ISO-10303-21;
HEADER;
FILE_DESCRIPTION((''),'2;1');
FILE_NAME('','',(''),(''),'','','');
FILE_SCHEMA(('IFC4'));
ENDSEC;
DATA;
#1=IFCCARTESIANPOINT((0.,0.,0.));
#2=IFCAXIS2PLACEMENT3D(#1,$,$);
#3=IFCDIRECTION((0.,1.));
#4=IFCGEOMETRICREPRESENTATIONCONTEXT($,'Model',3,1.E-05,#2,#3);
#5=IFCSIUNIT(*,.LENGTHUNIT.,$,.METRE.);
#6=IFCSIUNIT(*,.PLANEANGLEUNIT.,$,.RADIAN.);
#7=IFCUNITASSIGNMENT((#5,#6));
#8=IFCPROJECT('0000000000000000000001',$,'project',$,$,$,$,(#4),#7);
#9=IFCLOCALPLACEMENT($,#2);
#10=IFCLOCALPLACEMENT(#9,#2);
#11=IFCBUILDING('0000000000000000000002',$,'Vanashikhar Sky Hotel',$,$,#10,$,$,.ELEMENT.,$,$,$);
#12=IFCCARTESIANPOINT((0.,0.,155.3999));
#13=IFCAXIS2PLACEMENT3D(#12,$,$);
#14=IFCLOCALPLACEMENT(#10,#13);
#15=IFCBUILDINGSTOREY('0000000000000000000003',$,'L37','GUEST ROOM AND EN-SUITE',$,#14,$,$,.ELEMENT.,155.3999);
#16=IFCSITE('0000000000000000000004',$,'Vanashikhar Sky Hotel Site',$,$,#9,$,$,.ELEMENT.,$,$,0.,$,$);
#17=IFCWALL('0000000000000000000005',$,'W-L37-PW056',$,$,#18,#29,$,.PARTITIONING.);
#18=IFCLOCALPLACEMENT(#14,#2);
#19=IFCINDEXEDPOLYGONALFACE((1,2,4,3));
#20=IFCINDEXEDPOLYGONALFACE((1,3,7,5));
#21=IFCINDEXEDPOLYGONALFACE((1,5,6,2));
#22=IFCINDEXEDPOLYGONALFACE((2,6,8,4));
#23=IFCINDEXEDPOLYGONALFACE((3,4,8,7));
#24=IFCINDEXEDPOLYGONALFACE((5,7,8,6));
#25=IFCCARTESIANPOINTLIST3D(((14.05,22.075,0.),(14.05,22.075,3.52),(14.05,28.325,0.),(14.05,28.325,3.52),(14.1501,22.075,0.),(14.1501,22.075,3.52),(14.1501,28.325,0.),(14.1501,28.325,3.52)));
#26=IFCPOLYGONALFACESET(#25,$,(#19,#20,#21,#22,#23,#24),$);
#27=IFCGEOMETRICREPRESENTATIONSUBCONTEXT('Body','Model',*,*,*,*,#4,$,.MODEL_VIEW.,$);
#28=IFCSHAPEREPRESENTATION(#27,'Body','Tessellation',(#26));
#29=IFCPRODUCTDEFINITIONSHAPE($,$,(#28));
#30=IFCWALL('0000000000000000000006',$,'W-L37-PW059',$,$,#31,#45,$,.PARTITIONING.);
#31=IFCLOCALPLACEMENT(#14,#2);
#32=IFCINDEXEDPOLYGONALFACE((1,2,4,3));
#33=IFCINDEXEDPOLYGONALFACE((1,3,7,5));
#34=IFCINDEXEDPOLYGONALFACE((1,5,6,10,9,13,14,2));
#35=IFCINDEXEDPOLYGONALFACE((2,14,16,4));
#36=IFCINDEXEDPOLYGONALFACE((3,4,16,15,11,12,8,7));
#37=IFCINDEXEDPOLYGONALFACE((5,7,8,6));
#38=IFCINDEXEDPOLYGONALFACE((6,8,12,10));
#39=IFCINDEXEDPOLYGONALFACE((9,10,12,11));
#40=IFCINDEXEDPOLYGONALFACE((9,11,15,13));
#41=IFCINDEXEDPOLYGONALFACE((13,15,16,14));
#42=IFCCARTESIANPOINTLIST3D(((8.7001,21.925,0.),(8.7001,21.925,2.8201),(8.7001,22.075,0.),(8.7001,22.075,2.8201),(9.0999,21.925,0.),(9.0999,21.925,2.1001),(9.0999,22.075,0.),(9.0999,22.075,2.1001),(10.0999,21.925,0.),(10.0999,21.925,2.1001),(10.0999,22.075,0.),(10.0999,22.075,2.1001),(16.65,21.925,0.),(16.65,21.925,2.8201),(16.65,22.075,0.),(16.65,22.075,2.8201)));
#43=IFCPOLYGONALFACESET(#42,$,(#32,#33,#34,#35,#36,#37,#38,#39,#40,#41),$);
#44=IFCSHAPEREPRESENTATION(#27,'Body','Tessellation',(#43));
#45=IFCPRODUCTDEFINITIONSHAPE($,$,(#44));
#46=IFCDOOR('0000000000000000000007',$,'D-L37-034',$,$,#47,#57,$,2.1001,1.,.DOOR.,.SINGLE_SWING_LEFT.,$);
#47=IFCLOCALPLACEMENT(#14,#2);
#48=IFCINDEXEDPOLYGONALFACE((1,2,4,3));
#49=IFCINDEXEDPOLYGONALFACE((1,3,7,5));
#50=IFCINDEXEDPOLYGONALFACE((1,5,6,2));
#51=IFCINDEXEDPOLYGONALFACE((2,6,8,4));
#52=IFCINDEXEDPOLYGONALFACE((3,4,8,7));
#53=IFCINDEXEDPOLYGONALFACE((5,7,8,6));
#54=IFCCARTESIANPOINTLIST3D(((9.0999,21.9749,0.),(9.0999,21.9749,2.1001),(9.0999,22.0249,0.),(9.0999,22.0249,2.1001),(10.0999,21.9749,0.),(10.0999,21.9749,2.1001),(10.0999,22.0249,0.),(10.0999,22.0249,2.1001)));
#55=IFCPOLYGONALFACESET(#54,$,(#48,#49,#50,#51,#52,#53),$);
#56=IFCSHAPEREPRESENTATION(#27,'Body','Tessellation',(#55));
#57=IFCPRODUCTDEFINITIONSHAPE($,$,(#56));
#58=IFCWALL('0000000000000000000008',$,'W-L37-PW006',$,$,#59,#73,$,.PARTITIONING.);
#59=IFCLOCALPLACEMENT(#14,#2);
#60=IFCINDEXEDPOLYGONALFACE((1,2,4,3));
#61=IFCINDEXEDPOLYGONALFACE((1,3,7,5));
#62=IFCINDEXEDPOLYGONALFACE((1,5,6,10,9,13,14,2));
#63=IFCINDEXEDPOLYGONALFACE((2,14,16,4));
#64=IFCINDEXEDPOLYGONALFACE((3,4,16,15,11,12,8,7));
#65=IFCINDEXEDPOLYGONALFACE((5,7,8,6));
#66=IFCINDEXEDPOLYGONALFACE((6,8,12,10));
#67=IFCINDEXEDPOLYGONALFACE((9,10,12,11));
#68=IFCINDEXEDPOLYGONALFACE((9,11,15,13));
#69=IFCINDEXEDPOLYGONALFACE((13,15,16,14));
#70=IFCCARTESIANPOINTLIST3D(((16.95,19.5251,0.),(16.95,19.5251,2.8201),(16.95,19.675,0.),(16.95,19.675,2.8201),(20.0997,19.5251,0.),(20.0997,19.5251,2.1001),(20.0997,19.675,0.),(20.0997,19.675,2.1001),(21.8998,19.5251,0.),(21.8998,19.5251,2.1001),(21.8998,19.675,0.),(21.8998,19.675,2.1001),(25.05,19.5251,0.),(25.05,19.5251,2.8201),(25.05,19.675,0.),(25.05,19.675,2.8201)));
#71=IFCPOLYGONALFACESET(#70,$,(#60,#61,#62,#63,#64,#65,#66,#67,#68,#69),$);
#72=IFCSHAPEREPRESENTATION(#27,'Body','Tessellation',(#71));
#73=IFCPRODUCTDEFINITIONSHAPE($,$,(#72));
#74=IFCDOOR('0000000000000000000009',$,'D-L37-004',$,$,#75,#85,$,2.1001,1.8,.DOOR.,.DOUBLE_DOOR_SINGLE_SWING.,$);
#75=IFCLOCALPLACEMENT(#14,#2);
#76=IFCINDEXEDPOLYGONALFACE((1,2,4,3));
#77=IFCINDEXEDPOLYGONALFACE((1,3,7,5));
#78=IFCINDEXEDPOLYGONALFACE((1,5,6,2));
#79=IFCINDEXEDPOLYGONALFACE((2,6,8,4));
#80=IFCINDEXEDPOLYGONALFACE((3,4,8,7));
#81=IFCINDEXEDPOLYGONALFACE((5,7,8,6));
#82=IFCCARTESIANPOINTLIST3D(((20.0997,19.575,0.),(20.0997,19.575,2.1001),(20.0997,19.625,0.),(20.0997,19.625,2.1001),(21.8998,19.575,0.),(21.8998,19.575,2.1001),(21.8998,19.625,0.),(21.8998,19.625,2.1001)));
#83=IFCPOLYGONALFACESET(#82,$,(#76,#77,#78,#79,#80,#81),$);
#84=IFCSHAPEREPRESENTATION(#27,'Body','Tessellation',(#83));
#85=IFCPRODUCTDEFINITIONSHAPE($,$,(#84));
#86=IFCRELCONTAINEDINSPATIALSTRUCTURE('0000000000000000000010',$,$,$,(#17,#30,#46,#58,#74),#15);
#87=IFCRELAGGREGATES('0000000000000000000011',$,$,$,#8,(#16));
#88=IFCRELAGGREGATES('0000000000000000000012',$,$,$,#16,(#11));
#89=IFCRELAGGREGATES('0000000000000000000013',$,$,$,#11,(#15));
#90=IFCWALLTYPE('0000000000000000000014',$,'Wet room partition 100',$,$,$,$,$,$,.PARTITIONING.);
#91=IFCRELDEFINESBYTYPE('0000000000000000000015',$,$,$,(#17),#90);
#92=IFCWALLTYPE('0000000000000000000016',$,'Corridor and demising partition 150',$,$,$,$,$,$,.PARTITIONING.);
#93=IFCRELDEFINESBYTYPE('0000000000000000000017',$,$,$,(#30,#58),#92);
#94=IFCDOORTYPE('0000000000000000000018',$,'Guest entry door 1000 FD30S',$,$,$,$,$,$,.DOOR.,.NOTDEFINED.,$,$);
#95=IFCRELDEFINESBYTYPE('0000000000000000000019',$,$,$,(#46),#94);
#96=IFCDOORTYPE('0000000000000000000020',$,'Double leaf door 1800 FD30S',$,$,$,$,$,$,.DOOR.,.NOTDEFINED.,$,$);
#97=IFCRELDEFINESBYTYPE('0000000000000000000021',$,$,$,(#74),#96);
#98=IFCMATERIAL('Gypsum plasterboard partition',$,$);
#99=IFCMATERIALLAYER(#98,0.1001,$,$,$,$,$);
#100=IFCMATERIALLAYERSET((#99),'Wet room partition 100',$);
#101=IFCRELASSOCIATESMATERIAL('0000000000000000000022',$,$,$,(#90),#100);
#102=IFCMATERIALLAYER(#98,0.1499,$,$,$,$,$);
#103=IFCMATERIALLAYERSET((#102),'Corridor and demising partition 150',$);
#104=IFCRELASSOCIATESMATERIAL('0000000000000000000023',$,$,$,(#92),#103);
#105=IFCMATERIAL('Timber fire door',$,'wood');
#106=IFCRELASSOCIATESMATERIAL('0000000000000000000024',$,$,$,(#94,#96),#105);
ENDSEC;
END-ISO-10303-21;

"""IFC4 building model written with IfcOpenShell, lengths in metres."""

from ifc_helpers import new_model, si_unit, direction, frame, frame_2d, origin, place, context, subcontext, project, spatial, rectangle, extrude, source, transform, mapped, material, layer, layer_set, type_object, element, fill, save


model = new_model("IFC4")

# Units and contexts
model_context = context("Model", 3, precision=1e-05, world=origin(), true_north=direction((0.0, 1.0)))
body_context = subcontext(model_context, "Body", "Model", "MODEL_VIEW")
ifc_project = project(units=[si_unit("LENGTHUNIT", "METRE"), si_unit("PLANEANGLEUNIT", "RADIAN")], contexts=[model_context])

# Site, building, storey
site_placement = place(None, origin())
site = spatial("IfcSite", under=ifc_project, at=site_placement, Name="Vanashikhar Sky Hotel Site", CompositionType="ELEMENT", RefElevation=0.0)
building_placement = place(site_placement, origin())
building = spatial("IfcBuilding", under=site, at=building_placement, Name="Vanashikhar Sky Hotel", CompositionType="ELEMENT")
storey_placement = place(building_placement, frame((0.0, 0.0, 155.3999)))
storey = spatial("IfcBuildingStorey", under=building, at=storey_placement, Name="L37", Description="GUEST ROOM AND EN-SUITE", CompositionType="ELEMENT", Elevation=155.3999)

# Wall
ifc_material_1 = material(Name="Gypsum plasterboard partition")
ifc_layer_1 = layer(ifc_material_1, 0.1001)
ifc_layer_set_1 = layer_set([ifc_layer_1], Name="Wet room partition 100")
wall_type_1 = type_object("IfcWallType", Name="Wet room partition 100", PredefinedType="PARTITIONING", material=ifc_layer_set_1)
shared_shape_1 = source(origin(), body_context, "Body", "SweptSolid", [
    extrude(rectangle(XDim=6.25, YDim=0.1001, at=frame_2d((3.125, 0.0))), origin(), (0.0, 0.0, 1.0), 3.52),
])
for number, where, z_axis, x_axis, name in (
    (1, (14.1001, 22.075, 0.0), (0.0, 0.0, 1.0), (0.0, 1.0, 0.0), "W-L37-PW056"),
):
    element("IfcWall", number, at=place(storey_placement, frame(where, z_axis=z_axis, x_axis=x_axis)), inside=storey, type_object=wall_type_1, Name=name, PredefinedType="PARTITIONING", context=body_context, shape_type="MappedRepresentation", body=[
        mapped(shared_shape_1, transform((0.0, 0.0, 0.0), scale=1.0)),
    ])

# Walls, openings, doors
ifc_layer_2 = layer(ifc_material_1, 0.1499)
ifc_layer_set_2 = layer_set([ifc_layer_2], Name="Corridor and demising partition 150")
wall_type_2 = type_object("IfcWallType", Name="Corridor and demising partition 150", PredefinedType="PARTITIONING", material=ifc_layer_set_2)
shared_shape_2 = source(origin(), body_context, "Body", "SweptSolid", [
    extrude(rectangle(XDim=7.95, YDim=0.1499, at=frame_2d((3.9751, 0.0))), origin(), (0.0, 0.0, 1.0), 2.8201),
])
wall_1_placement = place(storey_placement, frame((8.7, 22.0, 0.0), z_axis=(0.0, 0.0, 1.0), x_axis=(1.0, 0.0, 0.0)))
wall_1 = element("IfcWall", 2, at=wall_1_placement, inside=storey, type_object=wall_type_2, Name="W-L37-PW059", PredefinedType="PARTITIONING", context=body_context, shape_type="MappedRepresentation", body=[
    mapped(shared_shape_2, transform((0.0, 0.0, 0.0), scale=1.0)),
])
shared_shape_3 = source(origin(), body_context, "Body", "SweptSolid", [
    extrude(rectangle(XDim=1.0, YDim=2.1001, at=frame_2d((0.5, 1.05))), frame((0.0, 0.085, 0.0), z_axis=(0.0, -1.0, 0.0), x_axis=(1.0, 0.0, 0.0)), (0.0, 0.0, 1.0), 0.1699),
])
opening_1_placement = place(wall_1_placement, frame((0.3999, 0.0, 0.0)))
opening_1 = element("IfcOpeningElement", 3, at=opening_1_placement, cuts=wall_1, PredefinedType="OPENING", context=body_context, shape_type="MappedRepresentation", body=[
    mapped(shared_shape_3, transform((0.0, 0.0, 0.0), scale=1.0)),
])
ifc_material_2 = material(Name="Timber fire door", Category="wood")
door_type_1 = type_object("IfcDoorType", Name="Guest entry door 1000 FD30S", OperationType="NOTDEFINED", PredefinedType="DOOR", material=ifc_material_2)
shared_shape_4 = source(origin(), body_context, "Body", "SweptSolid", [
    extrude(rectangle(XDim=1.0, YDim=2.1001, at=frame_2d((0.5, 1.05))), frame((0.0, 0.0249, 0.0), z_axis=(0.0, -1.0, 0.0), x_axis=(1.0, 0.0, 0.0)), (0.0, 0.0, 1.0), 0.05),
])
door_1_placement = place(opening_1_placement, origin())
door_1 = element("IfcDoor", 4, at=door_1_placement, inside=storey, type_object=door_type_1, Name="D-L37-034", OperationType="SINGLE_SWING_LEFT", OverallHeight=2.1001, OverallWidth=1.0, PredefinedType="DOOR", context=body_context, shape_type="MappedRepresentation", body=[
    mapped(shared_shape_4, transform((0.0, 0.0, 0.0), scale=1.0)),
])
fill(opening_1, door_1)
shared_shape_5 = source(origin(), body_context, "Body", "SweptSolid", [
    extrude(rectangle(XDim=8.1001, YDim=0.1499, at=frame_2d((4.05, 0.0))), origin(), (0.0, 0.0, 1.0), 2.8201),
])
wall_2_placement = place(storey_placement, frame((16.95, 19.6001, 0.0), z_axis=(0.0, 0.0, 1.0), x_axis=(1.0, 0.0, 0.0)))
wall_2 = element("IfcWall", 5, at=wall_2_placement, inside=storey, type_object=wall_type_2, Name="W-L37-PW006", PredefinedType="PARTITIONING", context=body_context, shape_type="MappedRepresentation", body=[
    mapped(shared_shape_5, transform((0.0, 0.0, 0.0), scale=1.0)),
])
shared_shape_6 = source(origin(), body_context, "Body", "SweptSolid", [
    extrude(rectangle(XDim=1.8, YDim=2.1001, at=frame_2d((0.8999, 1.05))), frame((0.0, 0.085, 0.0), z_axis=(0.0, -1.0, 0.0), x_axis=(1.0, 0.0, 0.0)), (0.0, 0.0, 1.0), 0.1699),
])
opening_2_placement = place(wall_2_placement, frame((3.1499, 0.0, 0.0)))
opening_2 = element("IfcOpeningElement", 6, at=opening_2_placement, cuts=wall_2, PredefinedType="OPENING", context=body_context, shape_type="MappedRepresentation", body=[
    mapped(shared_shape_6, transform((0.0, 0.0, 0.0), scale=1.0)),
])
door_type_2 = type_object("IfcDoorType", Name="Double leaf door 1800 FD30S", OperationType="NOTDEFINED", PredefinedType="DOOR", material=ifc_material_2)
shared_shape_7 = source(origin(), body_context, "Body", "SweptSolid", [
    extrude(rectangle(XDim=1.8, YDim=2.1001, at=frame_2d((0.8999, 1.05))), frame((0.0, 0.0249, 0.0), z_axis=(0.0, -1.0, 0.0), x_axis=(1.0, 0.0, 0.0)), (0.0, 0.0, 1.0), 0.05),
])
door_2_placement = place(opening_2_placement, origin())
door_2 = element("IfcDoor", 7, at=door_2_placement, inside=storey, type_object=door_type_2, Name="D-L37-004", OperationType="DOUBLE_DOOR_SINGLE_SWING", OverallHeight=2.1001, OverallWidth=1.8, PredefinedType="DOOR", context=body_context, shape_type="MappedRepresentation", body=[
    mapped(shared_shape_7, transform((0.0, 0.0, 0.0), scale=1.0)),
])
fill(opening_2, door_2)

save(model, "model.ifc")
